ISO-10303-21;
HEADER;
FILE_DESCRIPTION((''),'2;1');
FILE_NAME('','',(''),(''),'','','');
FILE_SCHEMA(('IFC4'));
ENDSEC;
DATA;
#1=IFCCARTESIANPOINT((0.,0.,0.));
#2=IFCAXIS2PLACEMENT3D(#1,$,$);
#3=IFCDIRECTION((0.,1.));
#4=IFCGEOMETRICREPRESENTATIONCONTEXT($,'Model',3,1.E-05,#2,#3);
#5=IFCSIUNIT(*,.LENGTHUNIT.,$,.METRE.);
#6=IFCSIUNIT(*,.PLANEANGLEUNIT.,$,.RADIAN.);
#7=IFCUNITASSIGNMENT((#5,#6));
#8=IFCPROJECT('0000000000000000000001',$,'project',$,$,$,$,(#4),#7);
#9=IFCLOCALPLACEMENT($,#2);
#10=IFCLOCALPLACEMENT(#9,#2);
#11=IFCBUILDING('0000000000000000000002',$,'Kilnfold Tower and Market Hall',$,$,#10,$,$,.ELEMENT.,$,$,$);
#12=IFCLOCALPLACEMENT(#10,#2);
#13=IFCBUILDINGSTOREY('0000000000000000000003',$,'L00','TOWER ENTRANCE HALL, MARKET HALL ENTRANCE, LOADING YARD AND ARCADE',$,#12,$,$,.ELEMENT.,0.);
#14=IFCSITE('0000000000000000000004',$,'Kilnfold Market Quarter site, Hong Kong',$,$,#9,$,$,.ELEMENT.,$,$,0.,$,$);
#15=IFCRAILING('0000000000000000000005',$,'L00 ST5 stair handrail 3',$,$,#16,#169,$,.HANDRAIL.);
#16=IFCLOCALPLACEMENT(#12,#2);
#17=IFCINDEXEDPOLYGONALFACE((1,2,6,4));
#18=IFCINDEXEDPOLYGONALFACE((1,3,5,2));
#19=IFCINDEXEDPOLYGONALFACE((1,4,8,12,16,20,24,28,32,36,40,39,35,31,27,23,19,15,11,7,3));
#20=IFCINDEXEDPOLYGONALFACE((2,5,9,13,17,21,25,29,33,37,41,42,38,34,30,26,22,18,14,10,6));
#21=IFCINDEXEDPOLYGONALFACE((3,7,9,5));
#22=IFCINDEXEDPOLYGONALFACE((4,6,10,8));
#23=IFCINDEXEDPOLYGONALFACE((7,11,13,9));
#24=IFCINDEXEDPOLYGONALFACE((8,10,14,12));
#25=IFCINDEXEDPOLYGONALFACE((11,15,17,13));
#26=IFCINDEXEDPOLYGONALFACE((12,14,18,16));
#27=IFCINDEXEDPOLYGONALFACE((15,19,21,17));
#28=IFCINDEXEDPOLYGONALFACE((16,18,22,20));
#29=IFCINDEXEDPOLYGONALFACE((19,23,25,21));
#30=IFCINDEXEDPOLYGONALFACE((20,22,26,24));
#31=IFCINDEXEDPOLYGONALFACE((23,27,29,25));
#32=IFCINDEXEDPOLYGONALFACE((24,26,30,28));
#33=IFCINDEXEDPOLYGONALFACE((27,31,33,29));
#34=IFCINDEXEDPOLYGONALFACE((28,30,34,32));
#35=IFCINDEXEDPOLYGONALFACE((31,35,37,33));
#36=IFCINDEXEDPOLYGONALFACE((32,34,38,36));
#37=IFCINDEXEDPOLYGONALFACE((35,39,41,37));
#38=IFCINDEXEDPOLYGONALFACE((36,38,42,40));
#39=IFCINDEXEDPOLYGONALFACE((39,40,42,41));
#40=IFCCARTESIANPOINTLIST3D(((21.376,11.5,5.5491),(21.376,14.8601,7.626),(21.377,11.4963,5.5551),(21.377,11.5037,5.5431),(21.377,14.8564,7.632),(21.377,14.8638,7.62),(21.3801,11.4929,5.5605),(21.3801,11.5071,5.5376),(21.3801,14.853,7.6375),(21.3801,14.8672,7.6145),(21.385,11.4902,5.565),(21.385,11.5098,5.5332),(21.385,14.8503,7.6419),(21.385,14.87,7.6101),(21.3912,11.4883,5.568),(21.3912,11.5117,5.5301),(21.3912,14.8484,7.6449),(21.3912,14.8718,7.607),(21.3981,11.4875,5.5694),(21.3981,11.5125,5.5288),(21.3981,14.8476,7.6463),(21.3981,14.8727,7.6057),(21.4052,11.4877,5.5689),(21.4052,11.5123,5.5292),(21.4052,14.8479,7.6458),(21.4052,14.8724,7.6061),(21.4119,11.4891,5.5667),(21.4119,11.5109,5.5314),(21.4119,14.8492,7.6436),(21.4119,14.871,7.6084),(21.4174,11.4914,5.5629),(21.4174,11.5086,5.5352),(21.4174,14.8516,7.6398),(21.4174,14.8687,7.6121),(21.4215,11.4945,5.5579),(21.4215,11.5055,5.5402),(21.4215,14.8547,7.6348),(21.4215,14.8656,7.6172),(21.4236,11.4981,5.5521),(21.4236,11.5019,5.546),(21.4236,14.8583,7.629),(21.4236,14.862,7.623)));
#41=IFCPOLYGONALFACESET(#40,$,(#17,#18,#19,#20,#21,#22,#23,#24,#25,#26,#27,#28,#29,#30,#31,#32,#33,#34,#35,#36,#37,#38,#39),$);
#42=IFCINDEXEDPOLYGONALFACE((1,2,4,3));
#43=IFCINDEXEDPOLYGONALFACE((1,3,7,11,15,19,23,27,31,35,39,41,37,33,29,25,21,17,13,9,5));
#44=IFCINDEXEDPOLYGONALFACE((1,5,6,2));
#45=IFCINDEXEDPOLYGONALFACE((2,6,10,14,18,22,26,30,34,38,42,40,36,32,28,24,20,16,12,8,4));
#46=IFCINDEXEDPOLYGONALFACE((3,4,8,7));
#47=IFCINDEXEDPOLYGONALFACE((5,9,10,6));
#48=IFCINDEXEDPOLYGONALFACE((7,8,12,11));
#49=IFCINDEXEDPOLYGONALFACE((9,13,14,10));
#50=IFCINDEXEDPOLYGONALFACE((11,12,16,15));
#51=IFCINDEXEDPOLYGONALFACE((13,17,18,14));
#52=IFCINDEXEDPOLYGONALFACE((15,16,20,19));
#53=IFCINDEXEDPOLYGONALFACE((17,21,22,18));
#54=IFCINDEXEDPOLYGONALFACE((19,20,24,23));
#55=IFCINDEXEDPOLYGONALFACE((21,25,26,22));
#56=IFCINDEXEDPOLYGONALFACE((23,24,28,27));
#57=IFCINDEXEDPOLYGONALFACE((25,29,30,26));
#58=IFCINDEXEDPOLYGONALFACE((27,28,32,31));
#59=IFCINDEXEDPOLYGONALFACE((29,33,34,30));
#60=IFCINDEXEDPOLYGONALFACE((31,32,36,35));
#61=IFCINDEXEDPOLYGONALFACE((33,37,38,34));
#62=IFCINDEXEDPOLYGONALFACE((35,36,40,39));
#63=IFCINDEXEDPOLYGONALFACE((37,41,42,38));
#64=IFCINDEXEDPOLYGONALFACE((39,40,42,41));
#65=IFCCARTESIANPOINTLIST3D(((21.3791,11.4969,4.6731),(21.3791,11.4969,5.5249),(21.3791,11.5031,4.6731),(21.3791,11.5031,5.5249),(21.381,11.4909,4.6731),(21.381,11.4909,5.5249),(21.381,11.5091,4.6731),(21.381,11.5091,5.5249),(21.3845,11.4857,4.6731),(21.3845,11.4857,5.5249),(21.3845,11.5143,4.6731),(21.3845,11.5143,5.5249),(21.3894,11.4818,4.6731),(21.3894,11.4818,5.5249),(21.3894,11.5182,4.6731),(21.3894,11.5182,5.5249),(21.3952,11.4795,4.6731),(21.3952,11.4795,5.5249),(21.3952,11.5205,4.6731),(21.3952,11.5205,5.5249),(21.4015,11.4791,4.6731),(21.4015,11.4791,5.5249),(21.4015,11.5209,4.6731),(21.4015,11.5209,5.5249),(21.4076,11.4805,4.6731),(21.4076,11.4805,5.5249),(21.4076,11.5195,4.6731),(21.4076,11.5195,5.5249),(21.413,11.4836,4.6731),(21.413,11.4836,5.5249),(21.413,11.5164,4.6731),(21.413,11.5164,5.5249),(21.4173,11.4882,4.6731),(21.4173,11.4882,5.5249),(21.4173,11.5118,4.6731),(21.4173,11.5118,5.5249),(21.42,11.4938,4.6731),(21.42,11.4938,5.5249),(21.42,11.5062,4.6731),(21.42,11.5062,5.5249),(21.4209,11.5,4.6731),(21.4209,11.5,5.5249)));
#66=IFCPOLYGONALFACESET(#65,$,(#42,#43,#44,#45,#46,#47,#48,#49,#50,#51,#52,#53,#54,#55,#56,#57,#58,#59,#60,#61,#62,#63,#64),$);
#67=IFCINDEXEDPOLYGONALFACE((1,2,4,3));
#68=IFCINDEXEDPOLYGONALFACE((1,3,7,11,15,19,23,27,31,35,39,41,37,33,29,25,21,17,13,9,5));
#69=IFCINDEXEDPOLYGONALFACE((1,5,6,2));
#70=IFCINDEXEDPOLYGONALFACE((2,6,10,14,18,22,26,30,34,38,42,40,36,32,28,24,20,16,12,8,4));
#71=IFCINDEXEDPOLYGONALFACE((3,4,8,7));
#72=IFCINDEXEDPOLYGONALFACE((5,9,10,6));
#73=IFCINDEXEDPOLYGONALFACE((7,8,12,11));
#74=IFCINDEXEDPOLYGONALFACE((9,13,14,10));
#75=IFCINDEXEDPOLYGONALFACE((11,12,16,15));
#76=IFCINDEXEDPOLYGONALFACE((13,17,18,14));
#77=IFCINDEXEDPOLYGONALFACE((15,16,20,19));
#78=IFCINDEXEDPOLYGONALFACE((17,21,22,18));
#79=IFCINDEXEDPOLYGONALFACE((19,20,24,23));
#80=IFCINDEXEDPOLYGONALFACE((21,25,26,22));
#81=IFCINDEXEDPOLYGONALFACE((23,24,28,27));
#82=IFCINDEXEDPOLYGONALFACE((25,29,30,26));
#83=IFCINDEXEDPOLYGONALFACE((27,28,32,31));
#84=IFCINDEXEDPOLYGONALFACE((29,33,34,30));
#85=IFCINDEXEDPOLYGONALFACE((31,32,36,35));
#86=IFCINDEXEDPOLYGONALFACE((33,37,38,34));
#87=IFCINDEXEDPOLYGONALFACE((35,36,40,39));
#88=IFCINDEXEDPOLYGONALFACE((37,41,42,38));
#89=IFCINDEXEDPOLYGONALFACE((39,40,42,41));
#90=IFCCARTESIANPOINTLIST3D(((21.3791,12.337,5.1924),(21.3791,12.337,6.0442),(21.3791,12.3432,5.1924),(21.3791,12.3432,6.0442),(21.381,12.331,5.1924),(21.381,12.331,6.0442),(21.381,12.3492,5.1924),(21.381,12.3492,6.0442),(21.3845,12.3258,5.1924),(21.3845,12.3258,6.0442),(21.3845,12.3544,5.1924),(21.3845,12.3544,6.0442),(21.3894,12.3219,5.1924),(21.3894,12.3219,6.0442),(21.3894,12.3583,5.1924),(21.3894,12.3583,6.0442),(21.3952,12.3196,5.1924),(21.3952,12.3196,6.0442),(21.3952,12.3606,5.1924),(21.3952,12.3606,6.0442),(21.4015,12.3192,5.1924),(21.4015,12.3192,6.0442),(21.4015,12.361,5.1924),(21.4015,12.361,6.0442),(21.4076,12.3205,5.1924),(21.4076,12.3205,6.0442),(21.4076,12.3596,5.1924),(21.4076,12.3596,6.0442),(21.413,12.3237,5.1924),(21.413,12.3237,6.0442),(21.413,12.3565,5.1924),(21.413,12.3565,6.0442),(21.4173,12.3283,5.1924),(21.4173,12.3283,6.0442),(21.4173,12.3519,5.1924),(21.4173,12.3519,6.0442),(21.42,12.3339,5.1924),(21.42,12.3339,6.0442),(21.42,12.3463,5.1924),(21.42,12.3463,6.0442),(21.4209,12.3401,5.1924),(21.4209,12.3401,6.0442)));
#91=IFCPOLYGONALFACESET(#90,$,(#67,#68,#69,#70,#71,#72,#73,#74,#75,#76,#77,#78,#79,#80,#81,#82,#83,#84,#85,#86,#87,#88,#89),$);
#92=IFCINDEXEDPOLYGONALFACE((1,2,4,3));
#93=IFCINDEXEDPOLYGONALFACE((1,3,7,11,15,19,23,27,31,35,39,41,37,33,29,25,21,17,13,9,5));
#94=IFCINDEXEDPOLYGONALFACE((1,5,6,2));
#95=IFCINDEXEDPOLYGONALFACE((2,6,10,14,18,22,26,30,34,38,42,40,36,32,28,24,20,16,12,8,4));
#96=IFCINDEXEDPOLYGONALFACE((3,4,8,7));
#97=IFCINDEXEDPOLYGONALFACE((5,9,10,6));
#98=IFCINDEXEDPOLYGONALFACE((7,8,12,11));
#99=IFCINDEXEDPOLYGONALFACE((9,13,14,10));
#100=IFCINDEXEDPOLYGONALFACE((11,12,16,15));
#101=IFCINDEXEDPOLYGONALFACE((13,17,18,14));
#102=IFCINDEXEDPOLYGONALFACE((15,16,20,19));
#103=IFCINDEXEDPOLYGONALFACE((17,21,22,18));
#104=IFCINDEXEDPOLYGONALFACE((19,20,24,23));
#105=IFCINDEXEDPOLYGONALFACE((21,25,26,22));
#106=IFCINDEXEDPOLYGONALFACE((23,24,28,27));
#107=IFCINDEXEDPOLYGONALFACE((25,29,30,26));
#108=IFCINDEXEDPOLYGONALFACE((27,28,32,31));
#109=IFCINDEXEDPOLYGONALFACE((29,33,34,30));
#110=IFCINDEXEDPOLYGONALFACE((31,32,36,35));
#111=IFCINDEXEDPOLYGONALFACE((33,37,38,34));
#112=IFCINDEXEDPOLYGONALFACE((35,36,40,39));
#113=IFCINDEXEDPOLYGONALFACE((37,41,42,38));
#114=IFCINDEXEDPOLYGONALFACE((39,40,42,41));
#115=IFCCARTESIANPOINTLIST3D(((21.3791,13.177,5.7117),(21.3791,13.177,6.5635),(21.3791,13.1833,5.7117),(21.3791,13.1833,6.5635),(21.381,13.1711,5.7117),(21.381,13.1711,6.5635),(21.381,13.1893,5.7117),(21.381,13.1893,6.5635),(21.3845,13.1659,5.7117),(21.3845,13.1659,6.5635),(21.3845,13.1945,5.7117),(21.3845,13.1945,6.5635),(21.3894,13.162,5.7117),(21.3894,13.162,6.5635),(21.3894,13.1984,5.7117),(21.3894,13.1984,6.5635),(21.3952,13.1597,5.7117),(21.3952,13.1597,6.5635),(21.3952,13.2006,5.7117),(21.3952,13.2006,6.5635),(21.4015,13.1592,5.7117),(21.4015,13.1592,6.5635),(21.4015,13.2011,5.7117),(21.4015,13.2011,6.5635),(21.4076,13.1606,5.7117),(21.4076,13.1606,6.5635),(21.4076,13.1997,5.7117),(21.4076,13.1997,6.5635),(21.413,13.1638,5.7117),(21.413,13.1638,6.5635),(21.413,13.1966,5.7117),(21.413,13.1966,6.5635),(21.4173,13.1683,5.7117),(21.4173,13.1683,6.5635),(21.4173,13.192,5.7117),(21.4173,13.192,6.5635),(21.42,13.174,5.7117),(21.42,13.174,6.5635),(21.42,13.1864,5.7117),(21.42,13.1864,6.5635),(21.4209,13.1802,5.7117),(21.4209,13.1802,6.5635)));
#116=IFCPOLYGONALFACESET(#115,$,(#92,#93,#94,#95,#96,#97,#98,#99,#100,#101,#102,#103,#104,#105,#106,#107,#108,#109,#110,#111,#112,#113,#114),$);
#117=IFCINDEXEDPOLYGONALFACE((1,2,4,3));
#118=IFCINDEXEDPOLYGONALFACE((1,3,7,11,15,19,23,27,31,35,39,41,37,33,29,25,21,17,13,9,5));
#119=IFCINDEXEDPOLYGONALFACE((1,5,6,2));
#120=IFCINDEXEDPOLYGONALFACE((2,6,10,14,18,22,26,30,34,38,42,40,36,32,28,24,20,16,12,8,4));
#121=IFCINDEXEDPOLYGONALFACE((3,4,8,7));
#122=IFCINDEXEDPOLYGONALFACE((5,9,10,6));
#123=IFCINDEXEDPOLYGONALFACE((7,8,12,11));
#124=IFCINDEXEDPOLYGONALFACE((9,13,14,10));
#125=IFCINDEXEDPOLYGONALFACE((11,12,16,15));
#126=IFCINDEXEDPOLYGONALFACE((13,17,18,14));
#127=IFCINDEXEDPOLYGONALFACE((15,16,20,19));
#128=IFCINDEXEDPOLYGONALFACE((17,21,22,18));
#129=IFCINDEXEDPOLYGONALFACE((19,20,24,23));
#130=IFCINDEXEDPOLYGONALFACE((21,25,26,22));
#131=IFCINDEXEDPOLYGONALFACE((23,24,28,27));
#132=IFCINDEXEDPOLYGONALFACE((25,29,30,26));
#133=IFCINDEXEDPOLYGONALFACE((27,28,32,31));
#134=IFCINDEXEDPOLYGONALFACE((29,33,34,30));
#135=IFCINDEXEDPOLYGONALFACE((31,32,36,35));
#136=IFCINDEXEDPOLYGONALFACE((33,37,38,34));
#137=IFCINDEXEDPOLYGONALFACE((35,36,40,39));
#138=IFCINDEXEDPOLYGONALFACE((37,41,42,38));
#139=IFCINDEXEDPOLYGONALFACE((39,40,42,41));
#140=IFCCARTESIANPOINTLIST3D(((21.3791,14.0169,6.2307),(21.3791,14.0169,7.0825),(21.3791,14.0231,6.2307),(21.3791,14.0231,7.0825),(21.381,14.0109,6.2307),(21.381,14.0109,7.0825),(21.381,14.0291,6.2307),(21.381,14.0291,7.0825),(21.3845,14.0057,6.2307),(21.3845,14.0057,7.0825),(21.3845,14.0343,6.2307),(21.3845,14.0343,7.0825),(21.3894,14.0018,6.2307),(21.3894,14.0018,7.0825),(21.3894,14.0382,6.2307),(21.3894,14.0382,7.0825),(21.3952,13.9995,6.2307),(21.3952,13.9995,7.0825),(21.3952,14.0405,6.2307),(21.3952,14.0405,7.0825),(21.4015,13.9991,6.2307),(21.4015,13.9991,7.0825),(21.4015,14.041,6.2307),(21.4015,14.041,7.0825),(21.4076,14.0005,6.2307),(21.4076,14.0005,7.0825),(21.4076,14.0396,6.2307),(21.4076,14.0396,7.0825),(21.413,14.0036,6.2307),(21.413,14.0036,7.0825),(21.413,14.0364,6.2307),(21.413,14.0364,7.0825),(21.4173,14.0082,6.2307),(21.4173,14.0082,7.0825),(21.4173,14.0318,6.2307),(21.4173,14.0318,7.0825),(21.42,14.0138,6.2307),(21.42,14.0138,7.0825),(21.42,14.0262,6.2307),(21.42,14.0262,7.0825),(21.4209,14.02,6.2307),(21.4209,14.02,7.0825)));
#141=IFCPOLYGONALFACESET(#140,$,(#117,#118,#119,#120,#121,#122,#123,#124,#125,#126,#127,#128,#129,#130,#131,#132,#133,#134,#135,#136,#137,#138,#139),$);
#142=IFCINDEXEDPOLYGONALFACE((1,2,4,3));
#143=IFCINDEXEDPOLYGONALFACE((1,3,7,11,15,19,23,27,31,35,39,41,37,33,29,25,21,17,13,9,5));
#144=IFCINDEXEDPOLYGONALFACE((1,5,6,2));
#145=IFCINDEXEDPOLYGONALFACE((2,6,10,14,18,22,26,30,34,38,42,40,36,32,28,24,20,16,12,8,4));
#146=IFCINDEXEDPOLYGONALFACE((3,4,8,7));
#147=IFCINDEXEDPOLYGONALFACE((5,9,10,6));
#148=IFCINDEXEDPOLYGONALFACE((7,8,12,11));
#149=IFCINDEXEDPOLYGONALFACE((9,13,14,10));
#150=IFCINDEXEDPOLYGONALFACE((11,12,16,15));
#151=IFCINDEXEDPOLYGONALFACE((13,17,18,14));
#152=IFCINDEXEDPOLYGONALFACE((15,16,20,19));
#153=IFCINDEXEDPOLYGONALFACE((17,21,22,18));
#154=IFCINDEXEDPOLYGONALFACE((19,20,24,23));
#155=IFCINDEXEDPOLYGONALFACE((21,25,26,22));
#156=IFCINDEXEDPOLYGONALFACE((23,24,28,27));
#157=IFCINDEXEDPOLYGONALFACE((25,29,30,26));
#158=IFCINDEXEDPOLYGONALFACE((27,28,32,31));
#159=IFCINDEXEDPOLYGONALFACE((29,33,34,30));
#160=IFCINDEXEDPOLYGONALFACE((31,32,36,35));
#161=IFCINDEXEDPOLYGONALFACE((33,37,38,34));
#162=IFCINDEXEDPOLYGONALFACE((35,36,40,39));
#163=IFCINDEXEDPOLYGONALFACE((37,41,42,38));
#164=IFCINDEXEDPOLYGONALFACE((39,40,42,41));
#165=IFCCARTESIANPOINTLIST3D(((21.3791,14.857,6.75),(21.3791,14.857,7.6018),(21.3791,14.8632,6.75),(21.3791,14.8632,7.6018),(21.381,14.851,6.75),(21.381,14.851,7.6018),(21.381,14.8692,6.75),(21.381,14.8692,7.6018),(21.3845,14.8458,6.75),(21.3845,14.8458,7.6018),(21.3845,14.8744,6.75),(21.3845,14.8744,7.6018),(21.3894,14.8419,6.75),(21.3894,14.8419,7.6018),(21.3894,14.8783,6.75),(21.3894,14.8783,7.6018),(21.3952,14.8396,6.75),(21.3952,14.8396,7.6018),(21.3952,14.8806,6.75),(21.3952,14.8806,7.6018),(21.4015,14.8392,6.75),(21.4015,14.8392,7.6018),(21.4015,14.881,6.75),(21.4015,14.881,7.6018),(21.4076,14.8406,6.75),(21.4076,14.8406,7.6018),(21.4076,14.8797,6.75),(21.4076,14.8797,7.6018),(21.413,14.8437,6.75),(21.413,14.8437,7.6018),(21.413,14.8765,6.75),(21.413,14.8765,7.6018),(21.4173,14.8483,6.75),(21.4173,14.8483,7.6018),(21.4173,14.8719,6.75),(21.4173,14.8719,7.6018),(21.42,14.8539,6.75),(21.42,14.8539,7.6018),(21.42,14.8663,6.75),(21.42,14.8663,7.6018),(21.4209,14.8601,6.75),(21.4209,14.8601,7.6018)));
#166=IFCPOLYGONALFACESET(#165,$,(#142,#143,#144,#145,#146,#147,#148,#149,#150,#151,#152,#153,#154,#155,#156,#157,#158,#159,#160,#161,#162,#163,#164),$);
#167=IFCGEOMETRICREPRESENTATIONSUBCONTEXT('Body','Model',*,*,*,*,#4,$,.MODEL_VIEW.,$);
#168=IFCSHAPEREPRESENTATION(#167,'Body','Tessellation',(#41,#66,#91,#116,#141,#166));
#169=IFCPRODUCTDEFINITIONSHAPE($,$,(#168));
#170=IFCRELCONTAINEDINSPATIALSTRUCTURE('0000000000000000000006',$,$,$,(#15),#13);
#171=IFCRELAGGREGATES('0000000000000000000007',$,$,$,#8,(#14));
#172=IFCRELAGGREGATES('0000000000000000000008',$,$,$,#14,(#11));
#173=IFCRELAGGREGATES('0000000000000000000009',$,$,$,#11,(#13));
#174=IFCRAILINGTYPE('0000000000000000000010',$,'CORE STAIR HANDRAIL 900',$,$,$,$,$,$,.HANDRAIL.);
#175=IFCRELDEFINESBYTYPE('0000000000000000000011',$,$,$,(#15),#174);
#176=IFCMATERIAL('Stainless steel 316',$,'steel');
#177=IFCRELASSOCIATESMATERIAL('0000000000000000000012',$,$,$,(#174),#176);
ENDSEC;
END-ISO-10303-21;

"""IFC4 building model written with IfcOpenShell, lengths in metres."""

from ifc_helpers import new_model, si_unit, direction, frame, origin, origin_2d, place, context, subcontext, project, spatial, circle, extrude, material, type_object, element, save


model = new_model("IFC4")

# Units and contexts
model_context = context("Model", 3, precision=1e-05, world=origin(), true_north=direction((0.0, 1.0)))
body_context = subcontext(model_context, "Body", "Model", "MODEL_VIEW")
ifc_project = project(units=[si_unit("LENGTHUNIT", "METRE"), si_unit("PLANEANGLEUNIT", "RADIAN")], contexts=[model_context])

# Site, building, storey
site_placement = place(None, origin())
site = spatial("IfcSite", under=ifc_project, at=site_placement, Name="Kilnfold Market Quarter site, Hong Kong", CompositionType="ELEMENT", RefElevation=0.0)
building_placement = place(site_placement, origin())
building = spatial("IfcBuilding", under=site, at=building_placement, Name="Kilnfold Tower and Market Hall", CompositionType="ELEMENT")
storey_placement = place(building_placement, origin())
storey = spatial("IfcBuildingStorey", under=building, at=storey_placement, Name="L00", Description="TOWER ENTRANCE HALL, MARKET HALL ENTRANCE, LOADING YARD AND ARCADE", CompositionType="ELEMENT", Elevation=0.0)

# Railing
ifc_material_1 = material(Name="Stainless steel 316", Category="steel")
railing_type_1 = type_object("IfcRailingType", Name="CORE STAIR HANDRAIL 900", PredefinedType="HANDRAIL", material=ifc_material_1)
railing_1_placement = place(storey_placement, frame((21.3999, 11.5, 4.6731)))
element("IfcRailing", 1, at=railing_1_placement, inside=storey, type_object=railing_type_1, Name="L00 ST5 stair handrail 3", PredefinedType="HANDRAIL", context=body_context, shape_type="SweptSolid", body=[
    extrude(circle(Radius=0.0239, at=origin_2d()), frame((0.0, 0.0, 0.876), z_axis=(0.0, 0.850623, 0.525776), x_axis=(-1.0, 0.0, 0.0)), (0.0, 0.0, 1.0), 3.9502),
    extrude(circle(Radius=0.021, at=origin_2d()), origin(), (0.0, 0.0, 1.0), 0.8518),
    extrude(circle(Radius=0.021, at=origin_2d()), frame((0.0, 0.8401, 0.5193)), (0.0, 0.0, 1.0), 0.8518),
    extrude(circle(Radius=0.021, at=origin_2d()), frame((0.0, 1.6802, 1.0386)), (0.0, 0.0, 1.0), 0.8518),
    extrude(circle(Radius=0.021, at=origin_2d()), frame((0.0, 2.52, 1.5576)), (0.0, 0.0, 1.0), 0.8518),
    extrude(circle(Radius=0.021, at=origin_2d()), frame((0.0, 3.3601, 2.0769)), (0.0, 0.0, 1.0), 0.8518),
])

save(model, "model.ifc")
